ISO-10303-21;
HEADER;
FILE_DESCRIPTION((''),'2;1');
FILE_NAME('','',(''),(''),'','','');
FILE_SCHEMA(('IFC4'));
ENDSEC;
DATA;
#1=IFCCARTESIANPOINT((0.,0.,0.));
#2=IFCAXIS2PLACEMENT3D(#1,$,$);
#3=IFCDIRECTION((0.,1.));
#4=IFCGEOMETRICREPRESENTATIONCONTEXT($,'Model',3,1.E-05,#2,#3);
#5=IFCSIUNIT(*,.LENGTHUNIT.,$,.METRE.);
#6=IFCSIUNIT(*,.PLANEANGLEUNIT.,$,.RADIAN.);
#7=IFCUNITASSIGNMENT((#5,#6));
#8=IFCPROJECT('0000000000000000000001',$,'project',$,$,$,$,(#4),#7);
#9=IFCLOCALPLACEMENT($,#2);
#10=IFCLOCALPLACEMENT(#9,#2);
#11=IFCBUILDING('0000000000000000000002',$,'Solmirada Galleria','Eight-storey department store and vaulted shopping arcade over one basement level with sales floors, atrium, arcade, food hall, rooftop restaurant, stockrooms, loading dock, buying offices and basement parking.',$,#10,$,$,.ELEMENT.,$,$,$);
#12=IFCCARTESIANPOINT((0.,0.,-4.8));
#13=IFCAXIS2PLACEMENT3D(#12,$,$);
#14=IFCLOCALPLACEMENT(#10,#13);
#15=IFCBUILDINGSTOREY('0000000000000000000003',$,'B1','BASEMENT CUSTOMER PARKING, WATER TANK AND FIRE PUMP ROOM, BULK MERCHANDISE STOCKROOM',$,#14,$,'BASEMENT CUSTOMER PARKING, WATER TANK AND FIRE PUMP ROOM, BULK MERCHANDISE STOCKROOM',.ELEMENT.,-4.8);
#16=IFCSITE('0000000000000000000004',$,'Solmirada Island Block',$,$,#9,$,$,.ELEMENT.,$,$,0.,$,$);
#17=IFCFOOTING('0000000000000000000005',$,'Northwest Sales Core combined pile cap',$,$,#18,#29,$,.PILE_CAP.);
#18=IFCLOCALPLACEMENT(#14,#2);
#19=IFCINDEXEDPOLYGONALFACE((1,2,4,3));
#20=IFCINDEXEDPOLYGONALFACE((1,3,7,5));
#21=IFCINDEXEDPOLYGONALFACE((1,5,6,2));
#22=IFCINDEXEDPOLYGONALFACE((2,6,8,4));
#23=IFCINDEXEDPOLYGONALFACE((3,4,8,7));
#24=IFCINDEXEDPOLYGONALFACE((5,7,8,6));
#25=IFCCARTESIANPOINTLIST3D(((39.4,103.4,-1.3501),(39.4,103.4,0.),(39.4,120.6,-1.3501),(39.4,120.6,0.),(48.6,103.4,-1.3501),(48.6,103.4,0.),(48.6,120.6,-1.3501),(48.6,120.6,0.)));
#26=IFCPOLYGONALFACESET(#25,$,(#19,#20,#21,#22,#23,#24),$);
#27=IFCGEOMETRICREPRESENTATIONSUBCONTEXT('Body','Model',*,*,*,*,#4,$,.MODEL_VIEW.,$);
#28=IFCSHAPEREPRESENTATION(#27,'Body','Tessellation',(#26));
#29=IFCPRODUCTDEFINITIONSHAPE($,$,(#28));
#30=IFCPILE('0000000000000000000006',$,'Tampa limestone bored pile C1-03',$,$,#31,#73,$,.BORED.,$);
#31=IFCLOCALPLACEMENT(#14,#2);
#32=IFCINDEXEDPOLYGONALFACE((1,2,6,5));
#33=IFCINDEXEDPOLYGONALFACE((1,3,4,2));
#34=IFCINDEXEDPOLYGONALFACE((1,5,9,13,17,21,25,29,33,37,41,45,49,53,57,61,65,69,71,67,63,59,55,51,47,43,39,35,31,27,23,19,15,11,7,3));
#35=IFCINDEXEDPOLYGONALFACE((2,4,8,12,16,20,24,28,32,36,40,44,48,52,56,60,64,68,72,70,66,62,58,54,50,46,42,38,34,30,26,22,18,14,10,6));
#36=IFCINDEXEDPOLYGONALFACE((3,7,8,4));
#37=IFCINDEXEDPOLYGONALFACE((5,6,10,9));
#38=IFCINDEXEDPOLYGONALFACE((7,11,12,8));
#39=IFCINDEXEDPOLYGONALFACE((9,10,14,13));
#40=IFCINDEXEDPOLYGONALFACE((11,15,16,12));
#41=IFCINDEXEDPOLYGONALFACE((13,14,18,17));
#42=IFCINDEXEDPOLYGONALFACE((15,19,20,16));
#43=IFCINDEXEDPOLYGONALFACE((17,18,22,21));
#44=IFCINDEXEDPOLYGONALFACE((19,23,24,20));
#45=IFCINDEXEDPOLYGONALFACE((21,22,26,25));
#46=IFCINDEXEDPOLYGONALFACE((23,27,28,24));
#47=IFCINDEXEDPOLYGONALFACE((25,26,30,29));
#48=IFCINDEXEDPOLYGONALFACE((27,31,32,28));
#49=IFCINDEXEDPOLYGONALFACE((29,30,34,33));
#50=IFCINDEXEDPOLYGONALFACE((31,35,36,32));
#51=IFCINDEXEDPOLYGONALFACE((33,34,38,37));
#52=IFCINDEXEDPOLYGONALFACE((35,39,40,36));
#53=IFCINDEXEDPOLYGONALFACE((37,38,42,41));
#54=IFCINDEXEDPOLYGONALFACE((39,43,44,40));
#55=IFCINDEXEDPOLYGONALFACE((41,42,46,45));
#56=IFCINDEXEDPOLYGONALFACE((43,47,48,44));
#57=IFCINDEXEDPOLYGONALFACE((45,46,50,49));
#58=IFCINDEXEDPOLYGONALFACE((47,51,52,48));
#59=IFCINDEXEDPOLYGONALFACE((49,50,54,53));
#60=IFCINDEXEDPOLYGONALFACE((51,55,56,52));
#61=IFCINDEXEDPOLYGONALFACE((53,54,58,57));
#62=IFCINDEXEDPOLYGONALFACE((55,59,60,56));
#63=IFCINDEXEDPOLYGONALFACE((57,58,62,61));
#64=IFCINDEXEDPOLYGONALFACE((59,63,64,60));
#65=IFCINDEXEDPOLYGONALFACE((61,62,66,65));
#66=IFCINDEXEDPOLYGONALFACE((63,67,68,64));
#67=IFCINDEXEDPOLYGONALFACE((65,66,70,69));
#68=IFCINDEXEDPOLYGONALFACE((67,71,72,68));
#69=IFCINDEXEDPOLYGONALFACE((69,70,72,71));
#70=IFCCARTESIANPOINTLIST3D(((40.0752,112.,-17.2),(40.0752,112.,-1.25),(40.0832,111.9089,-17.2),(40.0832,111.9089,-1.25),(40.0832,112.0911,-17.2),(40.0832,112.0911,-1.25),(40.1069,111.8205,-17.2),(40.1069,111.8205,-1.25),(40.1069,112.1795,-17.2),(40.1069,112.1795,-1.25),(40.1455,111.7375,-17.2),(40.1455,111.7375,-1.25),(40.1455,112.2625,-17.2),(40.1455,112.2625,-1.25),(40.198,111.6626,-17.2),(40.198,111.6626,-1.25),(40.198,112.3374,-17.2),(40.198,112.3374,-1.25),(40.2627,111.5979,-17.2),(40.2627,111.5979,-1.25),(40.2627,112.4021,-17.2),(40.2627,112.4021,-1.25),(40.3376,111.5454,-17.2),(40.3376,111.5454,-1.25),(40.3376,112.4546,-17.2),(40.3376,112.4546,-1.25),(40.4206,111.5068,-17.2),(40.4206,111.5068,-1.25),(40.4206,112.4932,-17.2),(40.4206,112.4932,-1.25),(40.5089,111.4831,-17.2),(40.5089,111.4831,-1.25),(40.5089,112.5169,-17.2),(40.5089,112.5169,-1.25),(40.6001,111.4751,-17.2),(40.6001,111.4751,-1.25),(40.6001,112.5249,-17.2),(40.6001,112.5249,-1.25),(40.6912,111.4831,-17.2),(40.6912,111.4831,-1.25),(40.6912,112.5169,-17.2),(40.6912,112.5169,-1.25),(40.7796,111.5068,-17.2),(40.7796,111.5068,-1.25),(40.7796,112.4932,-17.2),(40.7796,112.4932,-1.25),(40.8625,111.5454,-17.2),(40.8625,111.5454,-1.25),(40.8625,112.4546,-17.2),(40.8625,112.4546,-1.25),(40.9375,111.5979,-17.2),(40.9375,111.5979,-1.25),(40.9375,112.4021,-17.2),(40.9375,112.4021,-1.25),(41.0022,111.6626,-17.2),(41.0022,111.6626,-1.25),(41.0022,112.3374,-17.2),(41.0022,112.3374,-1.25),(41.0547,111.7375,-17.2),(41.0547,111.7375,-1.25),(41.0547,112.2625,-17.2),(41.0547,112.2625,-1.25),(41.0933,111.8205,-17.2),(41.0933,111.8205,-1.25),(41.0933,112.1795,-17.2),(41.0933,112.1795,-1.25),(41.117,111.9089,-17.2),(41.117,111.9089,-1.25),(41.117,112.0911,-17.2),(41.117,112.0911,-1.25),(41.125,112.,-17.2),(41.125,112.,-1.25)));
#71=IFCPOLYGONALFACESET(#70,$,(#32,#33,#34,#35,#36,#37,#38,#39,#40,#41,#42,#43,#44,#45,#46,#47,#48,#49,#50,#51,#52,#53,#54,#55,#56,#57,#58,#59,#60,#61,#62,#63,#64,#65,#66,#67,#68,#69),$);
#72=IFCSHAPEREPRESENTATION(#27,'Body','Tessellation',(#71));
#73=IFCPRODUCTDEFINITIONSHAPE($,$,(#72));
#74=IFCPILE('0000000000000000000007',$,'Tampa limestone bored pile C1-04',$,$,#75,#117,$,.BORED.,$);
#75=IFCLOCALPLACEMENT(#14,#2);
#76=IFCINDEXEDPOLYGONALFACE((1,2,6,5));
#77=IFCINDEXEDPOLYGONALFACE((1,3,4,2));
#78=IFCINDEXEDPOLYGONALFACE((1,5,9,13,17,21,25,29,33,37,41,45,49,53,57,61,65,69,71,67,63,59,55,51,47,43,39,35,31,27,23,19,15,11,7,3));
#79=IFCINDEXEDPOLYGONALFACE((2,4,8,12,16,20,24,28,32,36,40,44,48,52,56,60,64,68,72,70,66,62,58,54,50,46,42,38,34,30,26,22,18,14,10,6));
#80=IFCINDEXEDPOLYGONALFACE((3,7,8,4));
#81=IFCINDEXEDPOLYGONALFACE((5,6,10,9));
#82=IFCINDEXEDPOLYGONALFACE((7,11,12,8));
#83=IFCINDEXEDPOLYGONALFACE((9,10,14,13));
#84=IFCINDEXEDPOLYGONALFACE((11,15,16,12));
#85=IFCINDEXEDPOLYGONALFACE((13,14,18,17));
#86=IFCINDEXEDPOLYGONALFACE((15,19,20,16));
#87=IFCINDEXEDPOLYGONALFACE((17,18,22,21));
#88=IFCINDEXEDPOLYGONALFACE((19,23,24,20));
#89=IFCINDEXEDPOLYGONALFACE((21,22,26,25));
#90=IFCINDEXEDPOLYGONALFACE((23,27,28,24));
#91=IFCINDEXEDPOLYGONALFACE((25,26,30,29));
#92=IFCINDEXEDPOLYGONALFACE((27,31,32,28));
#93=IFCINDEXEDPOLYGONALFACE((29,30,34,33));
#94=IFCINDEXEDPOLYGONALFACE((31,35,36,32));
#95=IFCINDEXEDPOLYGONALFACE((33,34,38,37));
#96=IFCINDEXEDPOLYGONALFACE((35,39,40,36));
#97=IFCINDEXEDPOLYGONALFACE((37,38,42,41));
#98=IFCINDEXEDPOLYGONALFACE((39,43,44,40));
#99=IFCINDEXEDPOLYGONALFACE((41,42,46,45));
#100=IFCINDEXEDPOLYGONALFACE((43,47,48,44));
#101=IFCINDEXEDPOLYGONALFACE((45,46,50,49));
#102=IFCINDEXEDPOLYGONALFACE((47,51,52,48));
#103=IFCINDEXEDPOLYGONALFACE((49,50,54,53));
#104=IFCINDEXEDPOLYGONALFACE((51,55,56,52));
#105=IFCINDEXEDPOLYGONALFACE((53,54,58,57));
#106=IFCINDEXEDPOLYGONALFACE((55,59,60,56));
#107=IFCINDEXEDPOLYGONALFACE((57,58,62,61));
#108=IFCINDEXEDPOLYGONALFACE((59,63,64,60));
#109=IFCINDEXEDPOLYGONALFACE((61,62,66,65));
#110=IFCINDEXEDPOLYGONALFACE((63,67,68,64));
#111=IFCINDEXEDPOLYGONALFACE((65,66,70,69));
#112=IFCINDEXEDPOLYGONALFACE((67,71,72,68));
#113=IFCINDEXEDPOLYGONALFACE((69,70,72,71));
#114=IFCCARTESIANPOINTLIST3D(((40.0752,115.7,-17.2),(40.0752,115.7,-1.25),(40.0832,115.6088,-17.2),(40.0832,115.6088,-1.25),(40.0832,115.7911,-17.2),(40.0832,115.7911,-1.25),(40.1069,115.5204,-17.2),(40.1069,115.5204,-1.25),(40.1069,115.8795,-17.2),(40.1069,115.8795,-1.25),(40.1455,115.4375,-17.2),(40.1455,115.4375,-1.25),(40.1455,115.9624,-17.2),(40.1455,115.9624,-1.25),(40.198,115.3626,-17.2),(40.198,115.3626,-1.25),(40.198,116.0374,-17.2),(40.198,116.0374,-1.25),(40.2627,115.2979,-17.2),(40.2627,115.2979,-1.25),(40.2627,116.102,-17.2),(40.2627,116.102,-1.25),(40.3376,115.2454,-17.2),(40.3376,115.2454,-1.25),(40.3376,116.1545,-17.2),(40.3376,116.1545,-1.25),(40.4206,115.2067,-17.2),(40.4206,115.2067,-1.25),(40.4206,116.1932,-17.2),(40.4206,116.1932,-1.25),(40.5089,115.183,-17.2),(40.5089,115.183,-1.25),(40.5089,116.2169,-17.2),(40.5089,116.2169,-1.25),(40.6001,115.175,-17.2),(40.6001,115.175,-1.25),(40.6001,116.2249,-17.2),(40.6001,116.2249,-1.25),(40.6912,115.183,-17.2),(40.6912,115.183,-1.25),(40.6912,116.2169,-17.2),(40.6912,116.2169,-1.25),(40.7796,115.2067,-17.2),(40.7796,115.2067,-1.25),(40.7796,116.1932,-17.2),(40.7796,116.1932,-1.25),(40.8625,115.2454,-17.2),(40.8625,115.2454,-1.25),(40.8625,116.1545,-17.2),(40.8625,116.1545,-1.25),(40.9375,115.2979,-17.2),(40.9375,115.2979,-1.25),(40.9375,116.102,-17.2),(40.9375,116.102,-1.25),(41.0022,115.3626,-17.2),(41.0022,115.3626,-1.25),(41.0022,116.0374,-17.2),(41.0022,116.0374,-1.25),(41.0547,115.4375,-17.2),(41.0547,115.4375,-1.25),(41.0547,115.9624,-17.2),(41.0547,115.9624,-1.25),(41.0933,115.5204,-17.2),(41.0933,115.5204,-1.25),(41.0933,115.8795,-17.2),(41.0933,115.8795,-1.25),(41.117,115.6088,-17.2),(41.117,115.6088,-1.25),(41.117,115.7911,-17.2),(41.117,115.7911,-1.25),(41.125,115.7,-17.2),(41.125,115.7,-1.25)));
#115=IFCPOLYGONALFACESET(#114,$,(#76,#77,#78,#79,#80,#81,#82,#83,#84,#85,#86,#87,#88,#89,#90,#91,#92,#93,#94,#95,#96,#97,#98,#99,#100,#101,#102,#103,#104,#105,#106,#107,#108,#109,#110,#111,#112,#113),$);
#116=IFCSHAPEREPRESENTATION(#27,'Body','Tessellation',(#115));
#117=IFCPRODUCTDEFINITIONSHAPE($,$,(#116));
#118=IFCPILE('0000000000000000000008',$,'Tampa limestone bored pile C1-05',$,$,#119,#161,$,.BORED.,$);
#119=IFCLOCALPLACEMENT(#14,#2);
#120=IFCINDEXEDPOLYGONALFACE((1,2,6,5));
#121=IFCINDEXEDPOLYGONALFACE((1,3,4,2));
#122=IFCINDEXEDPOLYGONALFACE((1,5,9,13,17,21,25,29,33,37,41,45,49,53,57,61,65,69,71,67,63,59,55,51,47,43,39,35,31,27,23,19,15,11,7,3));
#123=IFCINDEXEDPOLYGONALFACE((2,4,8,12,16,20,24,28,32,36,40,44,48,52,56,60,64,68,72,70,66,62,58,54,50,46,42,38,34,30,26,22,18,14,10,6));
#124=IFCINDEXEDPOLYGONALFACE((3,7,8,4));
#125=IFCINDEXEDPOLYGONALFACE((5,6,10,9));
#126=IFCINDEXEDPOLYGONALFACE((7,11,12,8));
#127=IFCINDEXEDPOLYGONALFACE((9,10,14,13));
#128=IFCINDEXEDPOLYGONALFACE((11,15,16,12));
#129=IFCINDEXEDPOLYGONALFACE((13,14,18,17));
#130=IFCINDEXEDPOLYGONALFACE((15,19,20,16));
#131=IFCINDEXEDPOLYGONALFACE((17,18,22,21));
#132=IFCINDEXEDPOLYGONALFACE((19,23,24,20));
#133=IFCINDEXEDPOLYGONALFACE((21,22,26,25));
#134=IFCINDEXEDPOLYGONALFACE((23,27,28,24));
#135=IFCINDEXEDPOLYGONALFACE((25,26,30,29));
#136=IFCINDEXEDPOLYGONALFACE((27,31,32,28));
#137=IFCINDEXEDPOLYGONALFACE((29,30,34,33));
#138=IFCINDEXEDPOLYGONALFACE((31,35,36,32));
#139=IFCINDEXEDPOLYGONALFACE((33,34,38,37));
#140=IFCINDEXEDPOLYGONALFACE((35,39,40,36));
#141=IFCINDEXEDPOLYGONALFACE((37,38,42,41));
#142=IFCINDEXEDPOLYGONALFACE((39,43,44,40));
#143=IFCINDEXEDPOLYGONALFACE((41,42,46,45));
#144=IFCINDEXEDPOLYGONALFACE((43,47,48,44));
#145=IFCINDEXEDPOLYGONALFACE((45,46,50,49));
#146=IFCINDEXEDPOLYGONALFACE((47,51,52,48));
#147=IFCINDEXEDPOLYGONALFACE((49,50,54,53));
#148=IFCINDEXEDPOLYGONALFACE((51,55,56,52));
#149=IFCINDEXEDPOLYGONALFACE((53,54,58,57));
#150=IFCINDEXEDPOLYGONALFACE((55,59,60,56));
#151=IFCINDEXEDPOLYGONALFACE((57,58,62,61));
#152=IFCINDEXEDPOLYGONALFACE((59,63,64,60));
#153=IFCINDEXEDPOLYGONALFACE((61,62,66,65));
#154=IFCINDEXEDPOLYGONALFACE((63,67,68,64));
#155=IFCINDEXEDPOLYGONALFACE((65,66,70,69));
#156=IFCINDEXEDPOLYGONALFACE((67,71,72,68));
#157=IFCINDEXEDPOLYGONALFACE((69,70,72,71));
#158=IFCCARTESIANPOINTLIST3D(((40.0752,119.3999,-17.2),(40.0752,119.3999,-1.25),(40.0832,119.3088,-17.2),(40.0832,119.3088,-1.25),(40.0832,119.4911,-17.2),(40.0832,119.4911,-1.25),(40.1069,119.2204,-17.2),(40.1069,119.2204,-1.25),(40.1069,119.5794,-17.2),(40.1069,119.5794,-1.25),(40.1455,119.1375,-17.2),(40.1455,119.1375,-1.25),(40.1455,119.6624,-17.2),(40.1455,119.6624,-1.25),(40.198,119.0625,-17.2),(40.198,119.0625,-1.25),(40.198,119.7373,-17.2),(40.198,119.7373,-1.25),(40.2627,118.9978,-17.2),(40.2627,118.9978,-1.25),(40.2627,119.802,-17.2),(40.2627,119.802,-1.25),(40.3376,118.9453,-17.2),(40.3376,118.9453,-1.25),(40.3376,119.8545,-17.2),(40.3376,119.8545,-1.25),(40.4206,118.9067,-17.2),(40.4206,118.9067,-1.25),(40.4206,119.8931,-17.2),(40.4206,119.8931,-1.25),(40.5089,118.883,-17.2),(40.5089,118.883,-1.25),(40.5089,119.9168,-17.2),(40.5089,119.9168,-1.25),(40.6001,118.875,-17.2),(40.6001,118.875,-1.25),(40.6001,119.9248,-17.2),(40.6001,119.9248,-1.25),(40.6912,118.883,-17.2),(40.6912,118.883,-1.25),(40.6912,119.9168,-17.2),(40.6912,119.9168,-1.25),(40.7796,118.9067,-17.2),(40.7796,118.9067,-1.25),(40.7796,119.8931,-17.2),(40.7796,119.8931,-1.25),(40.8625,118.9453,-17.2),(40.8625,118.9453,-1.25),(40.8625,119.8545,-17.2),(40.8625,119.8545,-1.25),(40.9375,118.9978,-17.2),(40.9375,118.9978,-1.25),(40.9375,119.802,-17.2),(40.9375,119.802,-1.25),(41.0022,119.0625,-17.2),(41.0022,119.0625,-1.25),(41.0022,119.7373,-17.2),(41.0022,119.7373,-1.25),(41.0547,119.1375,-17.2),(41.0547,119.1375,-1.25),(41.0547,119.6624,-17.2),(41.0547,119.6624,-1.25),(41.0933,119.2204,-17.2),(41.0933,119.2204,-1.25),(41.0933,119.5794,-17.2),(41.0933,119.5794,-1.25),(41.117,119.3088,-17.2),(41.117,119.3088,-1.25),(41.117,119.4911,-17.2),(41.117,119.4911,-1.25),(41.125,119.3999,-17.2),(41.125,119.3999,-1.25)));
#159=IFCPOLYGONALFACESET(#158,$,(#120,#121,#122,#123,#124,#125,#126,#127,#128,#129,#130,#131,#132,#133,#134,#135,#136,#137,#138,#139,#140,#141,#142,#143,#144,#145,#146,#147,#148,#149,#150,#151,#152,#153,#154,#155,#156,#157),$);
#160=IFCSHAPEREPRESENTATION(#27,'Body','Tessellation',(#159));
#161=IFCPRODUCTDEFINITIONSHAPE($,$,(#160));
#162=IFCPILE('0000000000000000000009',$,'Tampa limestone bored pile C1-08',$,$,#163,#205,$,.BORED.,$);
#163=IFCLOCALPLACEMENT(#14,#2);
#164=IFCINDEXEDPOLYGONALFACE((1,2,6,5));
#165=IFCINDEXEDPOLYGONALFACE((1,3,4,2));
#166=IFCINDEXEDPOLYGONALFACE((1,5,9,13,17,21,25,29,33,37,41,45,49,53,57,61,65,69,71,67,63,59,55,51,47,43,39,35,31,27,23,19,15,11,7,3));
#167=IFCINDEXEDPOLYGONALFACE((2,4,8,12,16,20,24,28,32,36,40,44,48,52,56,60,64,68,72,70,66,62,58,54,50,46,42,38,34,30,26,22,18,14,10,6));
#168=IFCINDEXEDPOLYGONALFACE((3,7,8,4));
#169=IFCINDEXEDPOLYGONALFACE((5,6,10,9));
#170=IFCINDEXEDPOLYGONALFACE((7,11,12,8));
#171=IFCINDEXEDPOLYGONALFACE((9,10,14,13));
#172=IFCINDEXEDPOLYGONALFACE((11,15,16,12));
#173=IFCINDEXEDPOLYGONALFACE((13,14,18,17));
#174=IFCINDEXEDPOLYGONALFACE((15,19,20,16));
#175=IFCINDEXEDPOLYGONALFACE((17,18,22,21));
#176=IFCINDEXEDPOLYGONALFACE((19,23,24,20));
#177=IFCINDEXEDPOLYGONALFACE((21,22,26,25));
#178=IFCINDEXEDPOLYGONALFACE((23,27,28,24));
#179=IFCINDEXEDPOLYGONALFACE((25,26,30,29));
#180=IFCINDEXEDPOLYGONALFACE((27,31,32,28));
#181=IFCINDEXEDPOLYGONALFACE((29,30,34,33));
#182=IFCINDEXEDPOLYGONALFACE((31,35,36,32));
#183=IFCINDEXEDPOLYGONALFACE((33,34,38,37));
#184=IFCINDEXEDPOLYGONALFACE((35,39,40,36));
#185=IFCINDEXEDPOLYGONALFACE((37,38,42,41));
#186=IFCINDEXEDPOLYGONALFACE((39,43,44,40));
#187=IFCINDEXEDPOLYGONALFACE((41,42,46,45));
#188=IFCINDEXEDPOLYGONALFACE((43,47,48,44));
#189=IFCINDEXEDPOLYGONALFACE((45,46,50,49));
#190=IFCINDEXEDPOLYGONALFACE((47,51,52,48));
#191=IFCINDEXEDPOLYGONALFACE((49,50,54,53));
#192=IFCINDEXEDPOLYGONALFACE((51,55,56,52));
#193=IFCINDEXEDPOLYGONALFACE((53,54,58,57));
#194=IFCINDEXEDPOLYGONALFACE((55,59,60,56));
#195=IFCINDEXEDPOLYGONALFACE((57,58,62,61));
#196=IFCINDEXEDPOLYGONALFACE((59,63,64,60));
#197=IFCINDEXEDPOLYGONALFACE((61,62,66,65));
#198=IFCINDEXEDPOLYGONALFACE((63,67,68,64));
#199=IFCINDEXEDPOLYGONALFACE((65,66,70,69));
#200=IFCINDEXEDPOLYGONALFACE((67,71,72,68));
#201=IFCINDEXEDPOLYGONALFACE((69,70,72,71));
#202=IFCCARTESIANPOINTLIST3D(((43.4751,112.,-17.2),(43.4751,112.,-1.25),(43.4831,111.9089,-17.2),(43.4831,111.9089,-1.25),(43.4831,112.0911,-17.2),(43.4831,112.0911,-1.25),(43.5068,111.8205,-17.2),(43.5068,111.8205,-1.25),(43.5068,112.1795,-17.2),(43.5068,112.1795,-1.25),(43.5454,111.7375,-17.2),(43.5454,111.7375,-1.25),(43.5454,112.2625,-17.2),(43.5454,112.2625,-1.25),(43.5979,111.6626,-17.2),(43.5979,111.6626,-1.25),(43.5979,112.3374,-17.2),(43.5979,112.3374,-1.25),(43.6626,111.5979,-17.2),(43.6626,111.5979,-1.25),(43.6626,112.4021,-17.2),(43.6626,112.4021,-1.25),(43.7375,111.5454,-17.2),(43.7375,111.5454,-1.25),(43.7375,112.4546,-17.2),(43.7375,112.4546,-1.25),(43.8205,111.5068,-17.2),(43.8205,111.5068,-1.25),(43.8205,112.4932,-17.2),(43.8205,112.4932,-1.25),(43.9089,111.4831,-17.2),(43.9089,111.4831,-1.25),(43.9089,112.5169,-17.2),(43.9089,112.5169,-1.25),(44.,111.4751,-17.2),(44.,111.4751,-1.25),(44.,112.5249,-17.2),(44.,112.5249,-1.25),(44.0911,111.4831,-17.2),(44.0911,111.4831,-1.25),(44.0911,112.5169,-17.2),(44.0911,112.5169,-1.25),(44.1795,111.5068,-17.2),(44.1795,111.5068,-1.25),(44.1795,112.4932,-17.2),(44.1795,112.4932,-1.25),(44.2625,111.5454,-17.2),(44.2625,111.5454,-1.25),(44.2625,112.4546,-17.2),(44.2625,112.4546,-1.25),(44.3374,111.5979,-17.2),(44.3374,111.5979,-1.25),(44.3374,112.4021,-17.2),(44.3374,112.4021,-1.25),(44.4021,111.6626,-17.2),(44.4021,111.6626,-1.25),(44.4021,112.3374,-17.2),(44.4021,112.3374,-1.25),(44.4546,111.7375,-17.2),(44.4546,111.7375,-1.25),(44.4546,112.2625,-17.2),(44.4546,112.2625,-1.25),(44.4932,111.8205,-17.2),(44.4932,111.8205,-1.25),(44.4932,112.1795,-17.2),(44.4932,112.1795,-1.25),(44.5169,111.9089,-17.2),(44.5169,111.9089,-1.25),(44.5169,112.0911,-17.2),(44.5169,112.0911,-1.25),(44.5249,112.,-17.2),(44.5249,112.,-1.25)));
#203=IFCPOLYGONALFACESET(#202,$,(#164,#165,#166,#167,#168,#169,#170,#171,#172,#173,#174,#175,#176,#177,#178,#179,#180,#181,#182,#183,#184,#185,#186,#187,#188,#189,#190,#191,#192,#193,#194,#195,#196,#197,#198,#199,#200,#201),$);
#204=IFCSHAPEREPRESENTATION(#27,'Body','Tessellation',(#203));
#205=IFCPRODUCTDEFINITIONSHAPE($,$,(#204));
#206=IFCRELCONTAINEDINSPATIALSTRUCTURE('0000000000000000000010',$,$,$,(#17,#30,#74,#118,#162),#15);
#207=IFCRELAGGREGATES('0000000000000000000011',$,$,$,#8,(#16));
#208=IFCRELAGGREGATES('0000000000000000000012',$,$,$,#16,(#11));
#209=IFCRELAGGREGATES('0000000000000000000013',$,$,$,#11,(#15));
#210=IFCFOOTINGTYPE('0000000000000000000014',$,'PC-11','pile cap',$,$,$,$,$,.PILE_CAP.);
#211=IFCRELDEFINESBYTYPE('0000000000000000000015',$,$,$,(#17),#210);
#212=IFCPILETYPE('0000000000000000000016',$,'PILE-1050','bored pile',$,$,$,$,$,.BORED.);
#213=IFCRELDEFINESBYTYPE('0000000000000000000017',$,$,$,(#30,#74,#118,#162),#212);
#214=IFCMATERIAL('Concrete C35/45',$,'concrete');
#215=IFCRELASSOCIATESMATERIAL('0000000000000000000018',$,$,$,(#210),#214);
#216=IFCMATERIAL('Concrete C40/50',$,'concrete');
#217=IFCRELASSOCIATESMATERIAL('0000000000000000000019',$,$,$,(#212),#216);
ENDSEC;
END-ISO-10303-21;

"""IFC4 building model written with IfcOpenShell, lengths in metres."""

from ifc_helpers import new_model, si_unit, direction, frame, origin, origin_2d, place, context, subcontext, project, spatial, rectangle, circle, extrude, material, material_profile, profile_set, type_object, element, save


model = new_model("IFC4")

# Units and contexts
model_context = context("Model", 3, precision=1e-05, world=origin(), true_north=direction((0.0, 1.0)))
body_context = subcontext(model_context, "Body", "Model", "MODEL_VIEW")
ifc_project = project(units=[si_unit("LENGTHUNIT", "METRE"), si_unit("PLANEANGLEUNIT", "RADIAN")], contexts=[model_context])

# Site, building, storey
site_placement = place(None, origin())
site = spatial("IfcSite", under=ifc_project, at=site_placement, Name="Solmirada Island Block", CompositionType="ELEMENT", RefElevation=0.0)
building_placement = place(site_placement, origin())
building = spatial("IfcBuilding", under=site, at=building_placement, Name="Solmirada Galleria", Description="Eight-storey department store and vaulted shopping arcade over one basement level with sales floors, atrium, arcade, food hall, rooftop restaurant, stockrooms, loading dock, buying offices and basement parking.", CompositionType="ELEMENT")
storey_placement = place(building_placement, frame((0.0, 0.0, -4.8)))
storey = spatial("IfcBuildingStorey", under=building, at=storey_placement, Name="B1", Description="BASEMENT CUSTOMER PARKING, WATER TANK AND FIRE PUMP ROOM, BULK MERCHANDISE STOCKROOM", LongName="BASEMENT CUSTOMER PARKING, WATER TANK AND FIRE PUMP ROOM, BULK MERCHANDISE STOCKROOM", CompositionType="ELEMENT", Elevation=-4.8)

# Footing
ifc_material_1 = material(Name="Concrete C35/45", Category="concrete")
footing_type = type_object("IfcFootingType", Name="PC-11", Description="pile cap", PredefinedType="PILE_CAP", material=ifc_material_1)
footing_placement = place(storey_placement, frame((44.0, 112.0, -1.3501), z_axis=(0.0, 0.0, 1.0), x_axis=(1.0, 0.0, 0.0)))
element("IfcFooting", 1, at=footing_placement, inside=storey, type_object=footing_type, Name="Northwest Sales Core combined pile cap", PredefinedType="PILE_CAP", context=body_context, shape_type="SweptSolid", body=[
    extrude(rectangle(XDim=9.2, YDim=17.2, at=origin_2d()), origin(), (0.0, 0.0, 1.0), 1.3501),
])

# Piles
ifc_material_2 = material(Name="Concrete C40/50", Category="concrete")
ifc_material_profile_1 = material_profile(ifc_material_2, circle(Radius=0.5249, at=origin_2d()), Name="PILE1050")
ifc_profile_set_1 = profile_set([ifc_material_profile_1], Name="Concrete C40/50")
pile_type = type_object("IfcPileType", Name="PILE-1050", Description="bored pile", PredefinedType="BORED", material=ifc_profile_set_1)
for number, where, z_axis, x_axis, name in (
    (2, (40.6001, 112.0, -1.25), (0.0, 0.0, -1.0), (1.0, 0.0, 0.0), "Tampa limestone bored pile C1-03"),
    (3, (40.6001, 115.7, -1.25), (0.0, 0.0, -1.0), (1.0, 0.0, 0.0), "Tampa limestone bored pile C1-04"),
    (4, (40.6001, 119.3999, -1.25), (0.0, 0.0, -1.0), (1.0, 0.0, 0.0), "Tampa limestone bored pile C1-05"),
    (5, (44.0, 112.0, -1.25), (0.0, 0.0, -1.0), (1.0, 0.0, 0.0), "Tampa limestone bored pile C1-08"),
):
    element("IfcPile", number, at=place(storey_placement, frame(where, z_axis=z_axis, x_axis=x_axis)), inside=storey, type_object=pile_type, Name=name, PredefinedType="BORED", context=body_context, shape_type="SweptSolid", body=[
        extrude(circle(Radius=0.5249, at=origin_2d()), origin(), (0.0, 0.0, 1.0), 15.95),
    ])

save(model, "model.ifc")
